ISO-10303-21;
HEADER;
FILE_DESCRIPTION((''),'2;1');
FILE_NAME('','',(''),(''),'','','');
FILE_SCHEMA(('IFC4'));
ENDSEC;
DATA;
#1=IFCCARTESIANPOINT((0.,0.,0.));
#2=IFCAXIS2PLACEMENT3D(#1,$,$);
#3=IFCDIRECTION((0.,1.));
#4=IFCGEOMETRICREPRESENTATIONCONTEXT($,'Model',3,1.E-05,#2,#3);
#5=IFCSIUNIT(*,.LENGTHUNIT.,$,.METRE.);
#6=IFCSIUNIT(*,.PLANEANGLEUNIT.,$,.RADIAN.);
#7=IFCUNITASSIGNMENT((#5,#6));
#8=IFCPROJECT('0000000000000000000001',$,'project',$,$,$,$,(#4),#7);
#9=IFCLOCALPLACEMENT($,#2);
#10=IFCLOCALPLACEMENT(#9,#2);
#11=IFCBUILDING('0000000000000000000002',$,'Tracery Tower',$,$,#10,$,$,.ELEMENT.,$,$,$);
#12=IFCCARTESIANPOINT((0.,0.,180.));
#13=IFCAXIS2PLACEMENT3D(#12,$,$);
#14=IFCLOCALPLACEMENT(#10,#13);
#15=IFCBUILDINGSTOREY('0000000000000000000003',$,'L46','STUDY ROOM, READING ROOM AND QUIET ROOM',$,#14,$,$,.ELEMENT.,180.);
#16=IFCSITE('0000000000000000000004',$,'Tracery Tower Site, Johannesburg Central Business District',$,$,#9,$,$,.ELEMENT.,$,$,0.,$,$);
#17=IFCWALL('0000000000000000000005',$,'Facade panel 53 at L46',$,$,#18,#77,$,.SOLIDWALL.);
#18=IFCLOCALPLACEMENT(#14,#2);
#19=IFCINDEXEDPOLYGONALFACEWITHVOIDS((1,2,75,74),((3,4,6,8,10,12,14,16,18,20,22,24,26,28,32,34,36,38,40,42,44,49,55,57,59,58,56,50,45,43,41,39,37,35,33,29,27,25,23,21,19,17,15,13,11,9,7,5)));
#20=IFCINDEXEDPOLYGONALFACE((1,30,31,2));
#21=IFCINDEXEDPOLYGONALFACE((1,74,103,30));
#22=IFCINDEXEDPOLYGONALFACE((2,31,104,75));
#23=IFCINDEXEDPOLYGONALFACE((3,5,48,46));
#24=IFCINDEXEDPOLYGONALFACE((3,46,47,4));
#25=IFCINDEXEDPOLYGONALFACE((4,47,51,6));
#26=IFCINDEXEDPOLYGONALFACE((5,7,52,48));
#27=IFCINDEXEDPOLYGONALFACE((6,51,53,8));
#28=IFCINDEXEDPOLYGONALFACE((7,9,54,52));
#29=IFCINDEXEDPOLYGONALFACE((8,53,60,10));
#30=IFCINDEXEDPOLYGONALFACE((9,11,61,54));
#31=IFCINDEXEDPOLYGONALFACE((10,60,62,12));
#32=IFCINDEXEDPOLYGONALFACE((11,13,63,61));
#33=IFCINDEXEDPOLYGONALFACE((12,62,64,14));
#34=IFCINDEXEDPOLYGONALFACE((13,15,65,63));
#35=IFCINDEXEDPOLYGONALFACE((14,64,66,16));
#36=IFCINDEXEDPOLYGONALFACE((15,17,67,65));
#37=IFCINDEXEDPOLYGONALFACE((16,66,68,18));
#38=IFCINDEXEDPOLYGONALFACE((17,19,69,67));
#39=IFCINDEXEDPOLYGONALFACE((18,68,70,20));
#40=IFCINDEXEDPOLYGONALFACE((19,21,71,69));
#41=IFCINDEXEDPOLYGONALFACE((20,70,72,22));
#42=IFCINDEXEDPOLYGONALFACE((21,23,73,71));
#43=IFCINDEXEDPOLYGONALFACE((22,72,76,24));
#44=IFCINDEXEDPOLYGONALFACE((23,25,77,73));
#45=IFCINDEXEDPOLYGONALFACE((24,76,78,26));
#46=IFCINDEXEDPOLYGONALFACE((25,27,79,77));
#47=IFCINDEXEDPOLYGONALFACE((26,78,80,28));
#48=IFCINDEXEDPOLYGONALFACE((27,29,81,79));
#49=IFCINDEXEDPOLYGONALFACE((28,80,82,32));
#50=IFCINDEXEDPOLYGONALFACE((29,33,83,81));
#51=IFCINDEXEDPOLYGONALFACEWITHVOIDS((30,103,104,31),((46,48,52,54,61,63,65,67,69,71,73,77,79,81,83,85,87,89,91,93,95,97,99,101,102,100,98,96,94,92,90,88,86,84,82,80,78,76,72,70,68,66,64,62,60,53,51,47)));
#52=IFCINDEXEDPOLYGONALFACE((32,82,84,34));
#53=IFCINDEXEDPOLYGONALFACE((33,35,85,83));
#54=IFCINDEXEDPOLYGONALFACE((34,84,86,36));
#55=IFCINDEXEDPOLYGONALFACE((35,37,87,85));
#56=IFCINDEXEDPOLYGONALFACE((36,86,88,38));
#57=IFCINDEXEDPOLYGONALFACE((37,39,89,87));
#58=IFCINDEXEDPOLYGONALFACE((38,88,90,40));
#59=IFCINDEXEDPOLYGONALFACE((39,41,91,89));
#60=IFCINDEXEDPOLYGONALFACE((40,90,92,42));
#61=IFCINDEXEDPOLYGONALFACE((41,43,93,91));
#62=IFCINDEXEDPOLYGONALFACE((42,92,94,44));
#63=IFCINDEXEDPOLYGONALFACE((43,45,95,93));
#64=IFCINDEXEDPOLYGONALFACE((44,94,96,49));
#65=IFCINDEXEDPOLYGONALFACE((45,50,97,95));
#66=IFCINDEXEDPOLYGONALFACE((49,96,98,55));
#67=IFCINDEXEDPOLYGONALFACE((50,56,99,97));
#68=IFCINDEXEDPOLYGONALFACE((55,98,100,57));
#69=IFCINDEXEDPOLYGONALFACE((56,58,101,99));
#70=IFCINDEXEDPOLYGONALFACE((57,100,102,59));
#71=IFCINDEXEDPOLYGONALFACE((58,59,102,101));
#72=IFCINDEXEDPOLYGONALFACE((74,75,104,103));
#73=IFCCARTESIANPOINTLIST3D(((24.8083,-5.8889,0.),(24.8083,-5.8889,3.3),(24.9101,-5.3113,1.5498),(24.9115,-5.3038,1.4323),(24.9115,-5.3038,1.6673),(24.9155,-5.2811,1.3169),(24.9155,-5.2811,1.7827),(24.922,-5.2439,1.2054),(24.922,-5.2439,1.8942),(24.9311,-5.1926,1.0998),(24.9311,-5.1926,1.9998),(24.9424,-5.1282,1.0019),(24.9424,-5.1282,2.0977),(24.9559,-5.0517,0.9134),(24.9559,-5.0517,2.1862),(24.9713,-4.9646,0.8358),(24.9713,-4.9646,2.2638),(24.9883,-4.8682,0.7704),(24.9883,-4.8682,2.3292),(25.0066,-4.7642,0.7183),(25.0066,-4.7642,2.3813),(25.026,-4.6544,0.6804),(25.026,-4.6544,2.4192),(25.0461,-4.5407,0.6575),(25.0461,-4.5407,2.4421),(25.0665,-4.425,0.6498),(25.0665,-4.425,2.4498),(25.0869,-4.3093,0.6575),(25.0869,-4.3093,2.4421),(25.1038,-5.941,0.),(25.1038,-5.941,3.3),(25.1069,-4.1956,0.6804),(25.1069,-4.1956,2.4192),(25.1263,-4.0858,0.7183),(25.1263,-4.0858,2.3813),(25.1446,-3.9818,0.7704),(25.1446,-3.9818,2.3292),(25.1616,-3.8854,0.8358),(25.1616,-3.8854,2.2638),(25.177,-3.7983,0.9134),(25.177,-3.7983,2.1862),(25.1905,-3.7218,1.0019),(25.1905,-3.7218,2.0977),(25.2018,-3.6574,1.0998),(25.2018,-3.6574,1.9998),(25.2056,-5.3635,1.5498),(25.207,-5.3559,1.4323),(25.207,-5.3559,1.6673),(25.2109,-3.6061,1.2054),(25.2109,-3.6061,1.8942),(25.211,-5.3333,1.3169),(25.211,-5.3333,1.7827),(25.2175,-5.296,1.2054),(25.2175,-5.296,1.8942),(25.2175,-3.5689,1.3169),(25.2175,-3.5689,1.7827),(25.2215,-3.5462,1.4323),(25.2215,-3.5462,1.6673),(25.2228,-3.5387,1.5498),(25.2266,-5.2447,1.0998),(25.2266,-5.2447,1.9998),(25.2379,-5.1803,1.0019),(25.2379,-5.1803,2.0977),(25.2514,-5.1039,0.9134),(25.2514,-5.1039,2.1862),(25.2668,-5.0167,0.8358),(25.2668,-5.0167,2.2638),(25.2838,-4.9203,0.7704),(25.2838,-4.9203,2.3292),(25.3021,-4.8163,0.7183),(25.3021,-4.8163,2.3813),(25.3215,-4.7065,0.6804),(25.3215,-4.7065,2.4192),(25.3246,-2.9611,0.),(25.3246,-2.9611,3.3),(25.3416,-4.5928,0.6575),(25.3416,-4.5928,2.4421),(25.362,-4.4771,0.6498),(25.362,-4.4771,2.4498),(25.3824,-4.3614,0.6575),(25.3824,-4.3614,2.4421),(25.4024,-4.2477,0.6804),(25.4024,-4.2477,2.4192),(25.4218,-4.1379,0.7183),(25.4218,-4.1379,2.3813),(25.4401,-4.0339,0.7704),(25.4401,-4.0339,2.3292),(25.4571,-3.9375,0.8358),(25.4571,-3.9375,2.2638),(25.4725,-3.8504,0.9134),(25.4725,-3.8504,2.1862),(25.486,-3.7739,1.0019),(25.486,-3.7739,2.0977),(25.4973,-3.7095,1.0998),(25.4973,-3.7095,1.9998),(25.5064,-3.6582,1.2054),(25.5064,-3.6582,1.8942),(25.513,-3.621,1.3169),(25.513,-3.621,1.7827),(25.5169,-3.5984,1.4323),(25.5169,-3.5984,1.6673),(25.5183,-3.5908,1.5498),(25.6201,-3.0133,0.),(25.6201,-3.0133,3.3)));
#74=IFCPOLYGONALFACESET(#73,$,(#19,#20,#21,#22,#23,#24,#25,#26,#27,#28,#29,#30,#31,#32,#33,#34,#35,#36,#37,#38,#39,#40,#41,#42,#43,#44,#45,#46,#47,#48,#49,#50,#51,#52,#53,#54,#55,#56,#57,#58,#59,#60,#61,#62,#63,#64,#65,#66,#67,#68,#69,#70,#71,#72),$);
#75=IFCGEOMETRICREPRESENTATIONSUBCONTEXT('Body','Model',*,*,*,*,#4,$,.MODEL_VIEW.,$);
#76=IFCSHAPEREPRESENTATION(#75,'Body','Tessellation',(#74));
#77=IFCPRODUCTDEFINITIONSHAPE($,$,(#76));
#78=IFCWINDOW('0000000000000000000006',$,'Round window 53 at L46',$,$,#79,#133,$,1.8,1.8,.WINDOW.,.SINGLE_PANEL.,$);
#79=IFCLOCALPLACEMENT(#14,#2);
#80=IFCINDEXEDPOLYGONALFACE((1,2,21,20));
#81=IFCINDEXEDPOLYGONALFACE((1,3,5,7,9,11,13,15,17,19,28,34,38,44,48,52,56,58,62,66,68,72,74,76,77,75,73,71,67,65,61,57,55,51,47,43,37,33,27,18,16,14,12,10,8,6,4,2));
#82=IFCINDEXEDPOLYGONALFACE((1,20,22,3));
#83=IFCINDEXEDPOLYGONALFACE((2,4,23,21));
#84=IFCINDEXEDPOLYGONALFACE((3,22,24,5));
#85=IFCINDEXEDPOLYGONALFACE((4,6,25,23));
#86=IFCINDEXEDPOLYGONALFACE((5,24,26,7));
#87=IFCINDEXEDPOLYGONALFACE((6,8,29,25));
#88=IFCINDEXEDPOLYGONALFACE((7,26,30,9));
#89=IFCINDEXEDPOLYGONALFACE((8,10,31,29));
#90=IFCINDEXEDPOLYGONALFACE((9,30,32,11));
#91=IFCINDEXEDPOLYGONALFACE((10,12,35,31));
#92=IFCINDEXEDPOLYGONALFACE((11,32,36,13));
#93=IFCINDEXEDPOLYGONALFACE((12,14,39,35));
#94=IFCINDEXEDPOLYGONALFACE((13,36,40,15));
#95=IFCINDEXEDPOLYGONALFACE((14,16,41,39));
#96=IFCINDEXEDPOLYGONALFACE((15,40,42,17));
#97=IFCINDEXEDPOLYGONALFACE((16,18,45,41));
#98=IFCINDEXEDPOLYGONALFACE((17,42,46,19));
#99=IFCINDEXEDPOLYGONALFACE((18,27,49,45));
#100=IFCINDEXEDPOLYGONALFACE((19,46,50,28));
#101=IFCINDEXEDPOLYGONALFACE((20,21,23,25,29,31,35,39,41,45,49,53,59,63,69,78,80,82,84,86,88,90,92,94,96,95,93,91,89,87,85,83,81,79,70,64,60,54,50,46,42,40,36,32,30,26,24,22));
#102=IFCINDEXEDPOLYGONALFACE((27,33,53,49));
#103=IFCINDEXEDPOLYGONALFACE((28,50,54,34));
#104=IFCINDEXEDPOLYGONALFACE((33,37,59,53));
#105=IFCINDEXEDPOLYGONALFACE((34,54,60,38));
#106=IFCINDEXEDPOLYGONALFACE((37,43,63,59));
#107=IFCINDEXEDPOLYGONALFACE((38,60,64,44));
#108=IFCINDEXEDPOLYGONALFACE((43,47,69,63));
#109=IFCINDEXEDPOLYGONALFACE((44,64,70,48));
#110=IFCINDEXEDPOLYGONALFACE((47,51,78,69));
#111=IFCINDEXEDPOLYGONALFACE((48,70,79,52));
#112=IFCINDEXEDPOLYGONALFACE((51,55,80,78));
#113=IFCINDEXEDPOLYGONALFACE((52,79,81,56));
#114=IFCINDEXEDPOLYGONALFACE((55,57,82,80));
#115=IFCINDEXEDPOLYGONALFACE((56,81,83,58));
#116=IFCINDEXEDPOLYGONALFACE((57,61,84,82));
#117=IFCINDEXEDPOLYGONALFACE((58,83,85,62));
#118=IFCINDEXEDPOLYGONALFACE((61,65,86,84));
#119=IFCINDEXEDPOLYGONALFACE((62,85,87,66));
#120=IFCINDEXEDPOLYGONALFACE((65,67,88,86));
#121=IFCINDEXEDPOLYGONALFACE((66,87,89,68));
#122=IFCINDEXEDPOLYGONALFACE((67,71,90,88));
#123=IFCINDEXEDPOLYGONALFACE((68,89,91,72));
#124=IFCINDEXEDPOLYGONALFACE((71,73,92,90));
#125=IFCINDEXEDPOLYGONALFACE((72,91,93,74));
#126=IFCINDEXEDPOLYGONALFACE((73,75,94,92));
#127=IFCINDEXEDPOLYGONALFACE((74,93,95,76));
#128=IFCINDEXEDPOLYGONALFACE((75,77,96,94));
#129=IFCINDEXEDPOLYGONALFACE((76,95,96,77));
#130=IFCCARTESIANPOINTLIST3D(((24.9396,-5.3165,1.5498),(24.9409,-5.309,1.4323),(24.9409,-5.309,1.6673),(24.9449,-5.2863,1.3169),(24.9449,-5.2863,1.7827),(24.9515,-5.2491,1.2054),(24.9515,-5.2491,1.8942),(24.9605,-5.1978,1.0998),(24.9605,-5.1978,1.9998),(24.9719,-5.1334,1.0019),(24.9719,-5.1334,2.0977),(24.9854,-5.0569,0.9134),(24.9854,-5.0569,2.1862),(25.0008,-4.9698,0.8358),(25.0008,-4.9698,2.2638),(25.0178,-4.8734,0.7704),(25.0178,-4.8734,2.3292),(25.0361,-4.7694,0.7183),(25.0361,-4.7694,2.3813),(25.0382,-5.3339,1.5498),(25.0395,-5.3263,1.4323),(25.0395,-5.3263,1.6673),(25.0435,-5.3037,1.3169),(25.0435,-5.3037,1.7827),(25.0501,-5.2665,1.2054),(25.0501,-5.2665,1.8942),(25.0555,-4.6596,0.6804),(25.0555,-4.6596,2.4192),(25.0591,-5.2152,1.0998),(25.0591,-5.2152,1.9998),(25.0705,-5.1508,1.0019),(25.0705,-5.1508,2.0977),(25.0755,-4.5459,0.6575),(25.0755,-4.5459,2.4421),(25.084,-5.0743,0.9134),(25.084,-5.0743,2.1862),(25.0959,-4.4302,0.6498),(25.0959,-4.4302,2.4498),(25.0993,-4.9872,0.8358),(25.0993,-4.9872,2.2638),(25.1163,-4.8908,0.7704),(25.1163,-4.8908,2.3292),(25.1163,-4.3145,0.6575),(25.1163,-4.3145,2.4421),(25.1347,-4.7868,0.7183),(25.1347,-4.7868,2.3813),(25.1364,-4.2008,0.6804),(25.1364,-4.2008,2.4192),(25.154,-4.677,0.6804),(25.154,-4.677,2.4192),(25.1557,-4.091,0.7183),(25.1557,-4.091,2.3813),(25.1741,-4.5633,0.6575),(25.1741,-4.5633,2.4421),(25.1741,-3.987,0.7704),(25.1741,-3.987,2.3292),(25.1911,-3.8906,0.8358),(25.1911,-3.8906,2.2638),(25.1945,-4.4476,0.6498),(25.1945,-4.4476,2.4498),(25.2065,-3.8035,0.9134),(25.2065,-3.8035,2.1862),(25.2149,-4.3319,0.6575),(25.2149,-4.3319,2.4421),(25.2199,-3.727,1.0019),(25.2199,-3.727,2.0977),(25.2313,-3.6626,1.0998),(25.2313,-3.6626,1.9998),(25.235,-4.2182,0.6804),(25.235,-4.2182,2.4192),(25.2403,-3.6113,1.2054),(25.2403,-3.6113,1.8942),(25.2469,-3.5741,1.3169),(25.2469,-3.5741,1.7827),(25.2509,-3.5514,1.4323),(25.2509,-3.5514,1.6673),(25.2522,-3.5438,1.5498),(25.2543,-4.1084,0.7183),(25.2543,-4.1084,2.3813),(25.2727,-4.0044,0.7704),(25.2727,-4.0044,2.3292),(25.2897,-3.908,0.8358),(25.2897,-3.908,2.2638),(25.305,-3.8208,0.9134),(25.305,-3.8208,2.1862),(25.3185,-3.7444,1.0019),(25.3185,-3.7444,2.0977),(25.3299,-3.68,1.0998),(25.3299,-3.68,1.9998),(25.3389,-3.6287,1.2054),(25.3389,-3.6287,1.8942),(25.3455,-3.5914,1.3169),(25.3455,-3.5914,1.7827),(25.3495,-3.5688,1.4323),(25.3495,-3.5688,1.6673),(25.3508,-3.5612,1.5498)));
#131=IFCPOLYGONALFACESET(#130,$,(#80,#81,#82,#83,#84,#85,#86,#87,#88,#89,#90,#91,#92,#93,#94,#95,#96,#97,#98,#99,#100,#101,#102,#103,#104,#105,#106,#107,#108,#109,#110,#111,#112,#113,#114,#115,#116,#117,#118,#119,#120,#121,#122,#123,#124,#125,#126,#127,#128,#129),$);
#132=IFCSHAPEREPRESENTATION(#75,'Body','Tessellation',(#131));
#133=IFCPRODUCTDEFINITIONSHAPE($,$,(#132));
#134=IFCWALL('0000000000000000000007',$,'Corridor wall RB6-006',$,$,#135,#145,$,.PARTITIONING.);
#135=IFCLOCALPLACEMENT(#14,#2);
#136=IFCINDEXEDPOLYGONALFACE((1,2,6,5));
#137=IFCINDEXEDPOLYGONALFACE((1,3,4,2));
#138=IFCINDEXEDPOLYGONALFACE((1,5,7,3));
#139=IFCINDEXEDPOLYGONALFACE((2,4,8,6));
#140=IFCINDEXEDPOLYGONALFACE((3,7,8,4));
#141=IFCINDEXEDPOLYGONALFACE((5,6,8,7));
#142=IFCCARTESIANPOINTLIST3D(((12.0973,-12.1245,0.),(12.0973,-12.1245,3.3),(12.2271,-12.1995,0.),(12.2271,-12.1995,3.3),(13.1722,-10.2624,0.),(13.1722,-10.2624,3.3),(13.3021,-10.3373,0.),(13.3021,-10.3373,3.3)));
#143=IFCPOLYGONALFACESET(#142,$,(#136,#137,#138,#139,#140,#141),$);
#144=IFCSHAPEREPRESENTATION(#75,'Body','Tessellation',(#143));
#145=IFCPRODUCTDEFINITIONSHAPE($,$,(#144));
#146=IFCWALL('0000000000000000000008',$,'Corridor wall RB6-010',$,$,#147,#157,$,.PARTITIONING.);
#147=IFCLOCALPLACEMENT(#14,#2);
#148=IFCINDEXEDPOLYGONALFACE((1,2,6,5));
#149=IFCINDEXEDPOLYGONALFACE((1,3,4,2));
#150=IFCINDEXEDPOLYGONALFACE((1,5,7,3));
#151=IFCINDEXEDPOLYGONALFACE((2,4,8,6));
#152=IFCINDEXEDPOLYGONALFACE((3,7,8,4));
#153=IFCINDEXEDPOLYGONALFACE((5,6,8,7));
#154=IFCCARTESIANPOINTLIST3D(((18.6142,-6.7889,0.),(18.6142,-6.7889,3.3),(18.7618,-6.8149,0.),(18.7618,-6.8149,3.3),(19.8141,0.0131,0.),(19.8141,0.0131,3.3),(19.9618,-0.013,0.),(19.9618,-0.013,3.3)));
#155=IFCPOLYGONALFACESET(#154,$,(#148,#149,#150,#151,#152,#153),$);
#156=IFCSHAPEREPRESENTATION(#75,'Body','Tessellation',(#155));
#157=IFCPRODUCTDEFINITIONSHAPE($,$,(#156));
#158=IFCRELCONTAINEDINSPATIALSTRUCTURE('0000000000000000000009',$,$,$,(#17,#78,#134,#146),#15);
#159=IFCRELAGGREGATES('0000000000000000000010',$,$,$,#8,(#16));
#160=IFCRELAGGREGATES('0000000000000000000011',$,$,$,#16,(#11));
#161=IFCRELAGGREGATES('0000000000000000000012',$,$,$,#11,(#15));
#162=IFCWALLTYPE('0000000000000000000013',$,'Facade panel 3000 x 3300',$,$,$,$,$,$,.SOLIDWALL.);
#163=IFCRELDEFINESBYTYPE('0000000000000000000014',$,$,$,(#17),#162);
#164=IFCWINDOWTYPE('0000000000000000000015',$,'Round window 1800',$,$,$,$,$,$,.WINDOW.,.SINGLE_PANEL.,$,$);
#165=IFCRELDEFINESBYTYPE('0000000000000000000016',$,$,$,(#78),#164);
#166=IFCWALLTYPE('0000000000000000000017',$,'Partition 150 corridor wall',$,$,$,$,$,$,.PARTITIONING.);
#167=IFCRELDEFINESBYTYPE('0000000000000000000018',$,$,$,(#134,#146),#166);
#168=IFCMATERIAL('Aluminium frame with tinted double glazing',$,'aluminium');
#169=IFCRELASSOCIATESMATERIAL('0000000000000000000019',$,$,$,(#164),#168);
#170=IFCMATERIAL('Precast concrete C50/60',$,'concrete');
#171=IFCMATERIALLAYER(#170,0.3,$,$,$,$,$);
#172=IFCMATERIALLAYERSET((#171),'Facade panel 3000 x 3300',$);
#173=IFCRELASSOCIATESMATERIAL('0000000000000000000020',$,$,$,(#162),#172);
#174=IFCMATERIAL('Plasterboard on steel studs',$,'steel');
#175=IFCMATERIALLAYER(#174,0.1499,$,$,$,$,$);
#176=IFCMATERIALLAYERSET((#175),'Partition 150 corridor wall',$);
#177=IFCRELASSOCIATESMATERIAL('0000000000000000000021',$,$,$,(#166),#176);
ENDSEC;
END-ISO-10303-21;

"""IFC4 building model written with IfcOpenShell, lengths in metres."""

from ifc_helpers import new_model, si_unit, direction, frame, frame_2d, origin, origin_2d, place, context, subcontext, project, spatial, rectangle, circle, extrude, material, layer, layer_set, type_object, element, fill, save


model = new_model("IFC4")

# Units and contexts
model_context = context("Model", 3, precision=1e-05, world=origin(), true_north=direction((0.0, 1.0)))
body_context = subcontext(model_context, "Body", "Model", "MODEL_VIEW")
ifc_project = project(units=[si_unit("LENGTHUNIT", "METRE"), si_unit("PLANEANGLEUNIT", "RADIAN")], contexts=[model_context])

# Site, building, storey
site_placement = place(None, origin())
site = spatial("IfcSite", under=ifc_project, at=site_placement, Name="Tracery Tower Site, Johannesburg Central Business District", CompositionType="ELEMENT", RefElevation=0.0)
building_placement = place(site_placement, origin())
building = spatial("IfcBuilding", under=site, at=building_placement, Name="Tracery Tower", CompositionType="ELEMENT")
storey_placement = place(building_placement, frame((0.0, 0.0, 180.0)))
storey = spatial("IfcBuildingStorey", under=building, at=storey_placement, Name="L46", Description="STUDY ROOM, READING ROOM AND QUIET ROOM", CompositionType="ELEMENT", Elevation=180.0)

# Wall, opening, window
ifc_material_1 = material(Name="Aluminium frame with tinted double glazing", Category="aluminium")
window_type = type_object("IfcWindowType", Name="Round window 1800", PartitioningType="SINGLE_PANEL", PredefinedType="WINDOW", material=ifc_material_1)
ifc_material_2 = material(Name="Precast concrete C50/60", Category="concrete")
ifc_layer_1 = layer(ifc_material_2, 0.3)
ifc_layer_set_1 = layer_set([ifc_layer_1], Name="Facade panel 3000 x 3300")
wall_type_1 = type_object("IfcWallType", Name="Facade panel 3000 x 3300", PredefinedType="SOLIDWALL", material=ifc_layer_set_1)
wall_1_placement = place(storey_placement, frame((24.9561, -5.9148, 0.0), z_axis=(0.0, 0.0, 1.0), x_axis=(0.173687, 0.984801, 0.0)))
wall_1 = element("IfcWall", 1, at=wall_1_placement, inside=storey, type_object=wall_type_1, Name="Facade panel 53 at L46", PredefinedType="SOLIDWALL", context=body_context, shape_type="SweptSolid", body=[
    extrude(rectangle(XDim=2.9729, YDim=0.3, at=frame_2d((1.4863, 0.0))), origin(), (0.0, 0.0, 1.0), 3.3),
])
opening_1_placement = place(wall_1_placement, frame((1.4863, 0.0, 1.5498)))
opening_1 = element("IfcOpeningElement", 2, at=opening_1_placement, cuts=wall_1, PredefinedType="OPENING", context=body_context, shape_type="SweptSolid", body=[
    extrude(circle(Radius=0.9, at=origin_2d()), frame((0.0, 0.1599, 0.0), z_axis=(0.0, -1.0, 0.0), x_axis=(1.0, 0.0, 0.0)), (0.0, 0.0, 1.0), 0.3201),
])
window_1_placement = place(opening_1_placement, origin())
window_1 = element("IfcWindow", 3, at=window_1_placement, inside=storey, type_object=window_type, Name="Round window 53 at L46", OverallHeight=1.8, OverallWidth=1.8, PartitioningType="SINGLE_PANEL", PredefinedType="WINDOW", context=body_context, shape_type="SweptSolid", body=[
    extrude(circle(Radius=0.9, at=origin_2d()), frame((0.0, 0.1201, 0.0), z_axis=(0.0, -1.0, 0.0), x_axis=(1.0, 0.0, 0.0)), (0.0, 0.0, 1.0), 0.1001),
])
fill(opening_1, window_1)

# Walls
ifc_material_3 = material(Name="Plasterboard on steel studs", Category="steel")
ifc_layer_2 = layer(ifc_material_3, 0.1499)
ifc_layer_set_2 = layer_set([ifc_layer_2], Name="Partition 150 corridor wall")
wall_type_2 = type_object("IfcWallType", Name="Partition 150 corridor wall", PredefinedType="PARTITIONING", material=ifc_layer_set_2)
wall_2_placement = place(storey_placement, frame((12.1621, -12.1621, 0.0), z_axis=(0.0, 0.0, 1.0), x_axis=(0.499962, 0.866048, 0.0)))
element("IfcWall", 4, at=wall_2_placement, inside=storey, type_object=wall_type_2, Name="Corridor wall RB6-006", PredefinedType="PARTITIONING", context=body_context, shape_type="SweptSolid", body=[
    extrude(rectangle(XDim=2.1501, YDim=0.1499, at=frame_2d((1.0752, 0.0))), origin(), (0.0, 0.0, 1.0), 3.3),
])
wall_3_placement = place(storey_placement, frame((18.688, -6.802, 0.0), z_axis=(0.0, 0.0, 1.0), x_axis=(0.173729, 0.984794, 0.0)))
element("IfcWall", 5, at=wall_3_placement, inside=storey, type_object=wall_type_2, Name="Corridor wall RB6-010", PredefinedType="PARTITIONING", context=body_context, shape_type="SweptSolid", body=[
    extrude(rectangle(XDim=6.907, YDim=0.1499, at=frame_2d((3.4536, 0.0))), origin(), (0.0, 0.0, 1.0), 3.3),
])

save(model, "model.ifc")
